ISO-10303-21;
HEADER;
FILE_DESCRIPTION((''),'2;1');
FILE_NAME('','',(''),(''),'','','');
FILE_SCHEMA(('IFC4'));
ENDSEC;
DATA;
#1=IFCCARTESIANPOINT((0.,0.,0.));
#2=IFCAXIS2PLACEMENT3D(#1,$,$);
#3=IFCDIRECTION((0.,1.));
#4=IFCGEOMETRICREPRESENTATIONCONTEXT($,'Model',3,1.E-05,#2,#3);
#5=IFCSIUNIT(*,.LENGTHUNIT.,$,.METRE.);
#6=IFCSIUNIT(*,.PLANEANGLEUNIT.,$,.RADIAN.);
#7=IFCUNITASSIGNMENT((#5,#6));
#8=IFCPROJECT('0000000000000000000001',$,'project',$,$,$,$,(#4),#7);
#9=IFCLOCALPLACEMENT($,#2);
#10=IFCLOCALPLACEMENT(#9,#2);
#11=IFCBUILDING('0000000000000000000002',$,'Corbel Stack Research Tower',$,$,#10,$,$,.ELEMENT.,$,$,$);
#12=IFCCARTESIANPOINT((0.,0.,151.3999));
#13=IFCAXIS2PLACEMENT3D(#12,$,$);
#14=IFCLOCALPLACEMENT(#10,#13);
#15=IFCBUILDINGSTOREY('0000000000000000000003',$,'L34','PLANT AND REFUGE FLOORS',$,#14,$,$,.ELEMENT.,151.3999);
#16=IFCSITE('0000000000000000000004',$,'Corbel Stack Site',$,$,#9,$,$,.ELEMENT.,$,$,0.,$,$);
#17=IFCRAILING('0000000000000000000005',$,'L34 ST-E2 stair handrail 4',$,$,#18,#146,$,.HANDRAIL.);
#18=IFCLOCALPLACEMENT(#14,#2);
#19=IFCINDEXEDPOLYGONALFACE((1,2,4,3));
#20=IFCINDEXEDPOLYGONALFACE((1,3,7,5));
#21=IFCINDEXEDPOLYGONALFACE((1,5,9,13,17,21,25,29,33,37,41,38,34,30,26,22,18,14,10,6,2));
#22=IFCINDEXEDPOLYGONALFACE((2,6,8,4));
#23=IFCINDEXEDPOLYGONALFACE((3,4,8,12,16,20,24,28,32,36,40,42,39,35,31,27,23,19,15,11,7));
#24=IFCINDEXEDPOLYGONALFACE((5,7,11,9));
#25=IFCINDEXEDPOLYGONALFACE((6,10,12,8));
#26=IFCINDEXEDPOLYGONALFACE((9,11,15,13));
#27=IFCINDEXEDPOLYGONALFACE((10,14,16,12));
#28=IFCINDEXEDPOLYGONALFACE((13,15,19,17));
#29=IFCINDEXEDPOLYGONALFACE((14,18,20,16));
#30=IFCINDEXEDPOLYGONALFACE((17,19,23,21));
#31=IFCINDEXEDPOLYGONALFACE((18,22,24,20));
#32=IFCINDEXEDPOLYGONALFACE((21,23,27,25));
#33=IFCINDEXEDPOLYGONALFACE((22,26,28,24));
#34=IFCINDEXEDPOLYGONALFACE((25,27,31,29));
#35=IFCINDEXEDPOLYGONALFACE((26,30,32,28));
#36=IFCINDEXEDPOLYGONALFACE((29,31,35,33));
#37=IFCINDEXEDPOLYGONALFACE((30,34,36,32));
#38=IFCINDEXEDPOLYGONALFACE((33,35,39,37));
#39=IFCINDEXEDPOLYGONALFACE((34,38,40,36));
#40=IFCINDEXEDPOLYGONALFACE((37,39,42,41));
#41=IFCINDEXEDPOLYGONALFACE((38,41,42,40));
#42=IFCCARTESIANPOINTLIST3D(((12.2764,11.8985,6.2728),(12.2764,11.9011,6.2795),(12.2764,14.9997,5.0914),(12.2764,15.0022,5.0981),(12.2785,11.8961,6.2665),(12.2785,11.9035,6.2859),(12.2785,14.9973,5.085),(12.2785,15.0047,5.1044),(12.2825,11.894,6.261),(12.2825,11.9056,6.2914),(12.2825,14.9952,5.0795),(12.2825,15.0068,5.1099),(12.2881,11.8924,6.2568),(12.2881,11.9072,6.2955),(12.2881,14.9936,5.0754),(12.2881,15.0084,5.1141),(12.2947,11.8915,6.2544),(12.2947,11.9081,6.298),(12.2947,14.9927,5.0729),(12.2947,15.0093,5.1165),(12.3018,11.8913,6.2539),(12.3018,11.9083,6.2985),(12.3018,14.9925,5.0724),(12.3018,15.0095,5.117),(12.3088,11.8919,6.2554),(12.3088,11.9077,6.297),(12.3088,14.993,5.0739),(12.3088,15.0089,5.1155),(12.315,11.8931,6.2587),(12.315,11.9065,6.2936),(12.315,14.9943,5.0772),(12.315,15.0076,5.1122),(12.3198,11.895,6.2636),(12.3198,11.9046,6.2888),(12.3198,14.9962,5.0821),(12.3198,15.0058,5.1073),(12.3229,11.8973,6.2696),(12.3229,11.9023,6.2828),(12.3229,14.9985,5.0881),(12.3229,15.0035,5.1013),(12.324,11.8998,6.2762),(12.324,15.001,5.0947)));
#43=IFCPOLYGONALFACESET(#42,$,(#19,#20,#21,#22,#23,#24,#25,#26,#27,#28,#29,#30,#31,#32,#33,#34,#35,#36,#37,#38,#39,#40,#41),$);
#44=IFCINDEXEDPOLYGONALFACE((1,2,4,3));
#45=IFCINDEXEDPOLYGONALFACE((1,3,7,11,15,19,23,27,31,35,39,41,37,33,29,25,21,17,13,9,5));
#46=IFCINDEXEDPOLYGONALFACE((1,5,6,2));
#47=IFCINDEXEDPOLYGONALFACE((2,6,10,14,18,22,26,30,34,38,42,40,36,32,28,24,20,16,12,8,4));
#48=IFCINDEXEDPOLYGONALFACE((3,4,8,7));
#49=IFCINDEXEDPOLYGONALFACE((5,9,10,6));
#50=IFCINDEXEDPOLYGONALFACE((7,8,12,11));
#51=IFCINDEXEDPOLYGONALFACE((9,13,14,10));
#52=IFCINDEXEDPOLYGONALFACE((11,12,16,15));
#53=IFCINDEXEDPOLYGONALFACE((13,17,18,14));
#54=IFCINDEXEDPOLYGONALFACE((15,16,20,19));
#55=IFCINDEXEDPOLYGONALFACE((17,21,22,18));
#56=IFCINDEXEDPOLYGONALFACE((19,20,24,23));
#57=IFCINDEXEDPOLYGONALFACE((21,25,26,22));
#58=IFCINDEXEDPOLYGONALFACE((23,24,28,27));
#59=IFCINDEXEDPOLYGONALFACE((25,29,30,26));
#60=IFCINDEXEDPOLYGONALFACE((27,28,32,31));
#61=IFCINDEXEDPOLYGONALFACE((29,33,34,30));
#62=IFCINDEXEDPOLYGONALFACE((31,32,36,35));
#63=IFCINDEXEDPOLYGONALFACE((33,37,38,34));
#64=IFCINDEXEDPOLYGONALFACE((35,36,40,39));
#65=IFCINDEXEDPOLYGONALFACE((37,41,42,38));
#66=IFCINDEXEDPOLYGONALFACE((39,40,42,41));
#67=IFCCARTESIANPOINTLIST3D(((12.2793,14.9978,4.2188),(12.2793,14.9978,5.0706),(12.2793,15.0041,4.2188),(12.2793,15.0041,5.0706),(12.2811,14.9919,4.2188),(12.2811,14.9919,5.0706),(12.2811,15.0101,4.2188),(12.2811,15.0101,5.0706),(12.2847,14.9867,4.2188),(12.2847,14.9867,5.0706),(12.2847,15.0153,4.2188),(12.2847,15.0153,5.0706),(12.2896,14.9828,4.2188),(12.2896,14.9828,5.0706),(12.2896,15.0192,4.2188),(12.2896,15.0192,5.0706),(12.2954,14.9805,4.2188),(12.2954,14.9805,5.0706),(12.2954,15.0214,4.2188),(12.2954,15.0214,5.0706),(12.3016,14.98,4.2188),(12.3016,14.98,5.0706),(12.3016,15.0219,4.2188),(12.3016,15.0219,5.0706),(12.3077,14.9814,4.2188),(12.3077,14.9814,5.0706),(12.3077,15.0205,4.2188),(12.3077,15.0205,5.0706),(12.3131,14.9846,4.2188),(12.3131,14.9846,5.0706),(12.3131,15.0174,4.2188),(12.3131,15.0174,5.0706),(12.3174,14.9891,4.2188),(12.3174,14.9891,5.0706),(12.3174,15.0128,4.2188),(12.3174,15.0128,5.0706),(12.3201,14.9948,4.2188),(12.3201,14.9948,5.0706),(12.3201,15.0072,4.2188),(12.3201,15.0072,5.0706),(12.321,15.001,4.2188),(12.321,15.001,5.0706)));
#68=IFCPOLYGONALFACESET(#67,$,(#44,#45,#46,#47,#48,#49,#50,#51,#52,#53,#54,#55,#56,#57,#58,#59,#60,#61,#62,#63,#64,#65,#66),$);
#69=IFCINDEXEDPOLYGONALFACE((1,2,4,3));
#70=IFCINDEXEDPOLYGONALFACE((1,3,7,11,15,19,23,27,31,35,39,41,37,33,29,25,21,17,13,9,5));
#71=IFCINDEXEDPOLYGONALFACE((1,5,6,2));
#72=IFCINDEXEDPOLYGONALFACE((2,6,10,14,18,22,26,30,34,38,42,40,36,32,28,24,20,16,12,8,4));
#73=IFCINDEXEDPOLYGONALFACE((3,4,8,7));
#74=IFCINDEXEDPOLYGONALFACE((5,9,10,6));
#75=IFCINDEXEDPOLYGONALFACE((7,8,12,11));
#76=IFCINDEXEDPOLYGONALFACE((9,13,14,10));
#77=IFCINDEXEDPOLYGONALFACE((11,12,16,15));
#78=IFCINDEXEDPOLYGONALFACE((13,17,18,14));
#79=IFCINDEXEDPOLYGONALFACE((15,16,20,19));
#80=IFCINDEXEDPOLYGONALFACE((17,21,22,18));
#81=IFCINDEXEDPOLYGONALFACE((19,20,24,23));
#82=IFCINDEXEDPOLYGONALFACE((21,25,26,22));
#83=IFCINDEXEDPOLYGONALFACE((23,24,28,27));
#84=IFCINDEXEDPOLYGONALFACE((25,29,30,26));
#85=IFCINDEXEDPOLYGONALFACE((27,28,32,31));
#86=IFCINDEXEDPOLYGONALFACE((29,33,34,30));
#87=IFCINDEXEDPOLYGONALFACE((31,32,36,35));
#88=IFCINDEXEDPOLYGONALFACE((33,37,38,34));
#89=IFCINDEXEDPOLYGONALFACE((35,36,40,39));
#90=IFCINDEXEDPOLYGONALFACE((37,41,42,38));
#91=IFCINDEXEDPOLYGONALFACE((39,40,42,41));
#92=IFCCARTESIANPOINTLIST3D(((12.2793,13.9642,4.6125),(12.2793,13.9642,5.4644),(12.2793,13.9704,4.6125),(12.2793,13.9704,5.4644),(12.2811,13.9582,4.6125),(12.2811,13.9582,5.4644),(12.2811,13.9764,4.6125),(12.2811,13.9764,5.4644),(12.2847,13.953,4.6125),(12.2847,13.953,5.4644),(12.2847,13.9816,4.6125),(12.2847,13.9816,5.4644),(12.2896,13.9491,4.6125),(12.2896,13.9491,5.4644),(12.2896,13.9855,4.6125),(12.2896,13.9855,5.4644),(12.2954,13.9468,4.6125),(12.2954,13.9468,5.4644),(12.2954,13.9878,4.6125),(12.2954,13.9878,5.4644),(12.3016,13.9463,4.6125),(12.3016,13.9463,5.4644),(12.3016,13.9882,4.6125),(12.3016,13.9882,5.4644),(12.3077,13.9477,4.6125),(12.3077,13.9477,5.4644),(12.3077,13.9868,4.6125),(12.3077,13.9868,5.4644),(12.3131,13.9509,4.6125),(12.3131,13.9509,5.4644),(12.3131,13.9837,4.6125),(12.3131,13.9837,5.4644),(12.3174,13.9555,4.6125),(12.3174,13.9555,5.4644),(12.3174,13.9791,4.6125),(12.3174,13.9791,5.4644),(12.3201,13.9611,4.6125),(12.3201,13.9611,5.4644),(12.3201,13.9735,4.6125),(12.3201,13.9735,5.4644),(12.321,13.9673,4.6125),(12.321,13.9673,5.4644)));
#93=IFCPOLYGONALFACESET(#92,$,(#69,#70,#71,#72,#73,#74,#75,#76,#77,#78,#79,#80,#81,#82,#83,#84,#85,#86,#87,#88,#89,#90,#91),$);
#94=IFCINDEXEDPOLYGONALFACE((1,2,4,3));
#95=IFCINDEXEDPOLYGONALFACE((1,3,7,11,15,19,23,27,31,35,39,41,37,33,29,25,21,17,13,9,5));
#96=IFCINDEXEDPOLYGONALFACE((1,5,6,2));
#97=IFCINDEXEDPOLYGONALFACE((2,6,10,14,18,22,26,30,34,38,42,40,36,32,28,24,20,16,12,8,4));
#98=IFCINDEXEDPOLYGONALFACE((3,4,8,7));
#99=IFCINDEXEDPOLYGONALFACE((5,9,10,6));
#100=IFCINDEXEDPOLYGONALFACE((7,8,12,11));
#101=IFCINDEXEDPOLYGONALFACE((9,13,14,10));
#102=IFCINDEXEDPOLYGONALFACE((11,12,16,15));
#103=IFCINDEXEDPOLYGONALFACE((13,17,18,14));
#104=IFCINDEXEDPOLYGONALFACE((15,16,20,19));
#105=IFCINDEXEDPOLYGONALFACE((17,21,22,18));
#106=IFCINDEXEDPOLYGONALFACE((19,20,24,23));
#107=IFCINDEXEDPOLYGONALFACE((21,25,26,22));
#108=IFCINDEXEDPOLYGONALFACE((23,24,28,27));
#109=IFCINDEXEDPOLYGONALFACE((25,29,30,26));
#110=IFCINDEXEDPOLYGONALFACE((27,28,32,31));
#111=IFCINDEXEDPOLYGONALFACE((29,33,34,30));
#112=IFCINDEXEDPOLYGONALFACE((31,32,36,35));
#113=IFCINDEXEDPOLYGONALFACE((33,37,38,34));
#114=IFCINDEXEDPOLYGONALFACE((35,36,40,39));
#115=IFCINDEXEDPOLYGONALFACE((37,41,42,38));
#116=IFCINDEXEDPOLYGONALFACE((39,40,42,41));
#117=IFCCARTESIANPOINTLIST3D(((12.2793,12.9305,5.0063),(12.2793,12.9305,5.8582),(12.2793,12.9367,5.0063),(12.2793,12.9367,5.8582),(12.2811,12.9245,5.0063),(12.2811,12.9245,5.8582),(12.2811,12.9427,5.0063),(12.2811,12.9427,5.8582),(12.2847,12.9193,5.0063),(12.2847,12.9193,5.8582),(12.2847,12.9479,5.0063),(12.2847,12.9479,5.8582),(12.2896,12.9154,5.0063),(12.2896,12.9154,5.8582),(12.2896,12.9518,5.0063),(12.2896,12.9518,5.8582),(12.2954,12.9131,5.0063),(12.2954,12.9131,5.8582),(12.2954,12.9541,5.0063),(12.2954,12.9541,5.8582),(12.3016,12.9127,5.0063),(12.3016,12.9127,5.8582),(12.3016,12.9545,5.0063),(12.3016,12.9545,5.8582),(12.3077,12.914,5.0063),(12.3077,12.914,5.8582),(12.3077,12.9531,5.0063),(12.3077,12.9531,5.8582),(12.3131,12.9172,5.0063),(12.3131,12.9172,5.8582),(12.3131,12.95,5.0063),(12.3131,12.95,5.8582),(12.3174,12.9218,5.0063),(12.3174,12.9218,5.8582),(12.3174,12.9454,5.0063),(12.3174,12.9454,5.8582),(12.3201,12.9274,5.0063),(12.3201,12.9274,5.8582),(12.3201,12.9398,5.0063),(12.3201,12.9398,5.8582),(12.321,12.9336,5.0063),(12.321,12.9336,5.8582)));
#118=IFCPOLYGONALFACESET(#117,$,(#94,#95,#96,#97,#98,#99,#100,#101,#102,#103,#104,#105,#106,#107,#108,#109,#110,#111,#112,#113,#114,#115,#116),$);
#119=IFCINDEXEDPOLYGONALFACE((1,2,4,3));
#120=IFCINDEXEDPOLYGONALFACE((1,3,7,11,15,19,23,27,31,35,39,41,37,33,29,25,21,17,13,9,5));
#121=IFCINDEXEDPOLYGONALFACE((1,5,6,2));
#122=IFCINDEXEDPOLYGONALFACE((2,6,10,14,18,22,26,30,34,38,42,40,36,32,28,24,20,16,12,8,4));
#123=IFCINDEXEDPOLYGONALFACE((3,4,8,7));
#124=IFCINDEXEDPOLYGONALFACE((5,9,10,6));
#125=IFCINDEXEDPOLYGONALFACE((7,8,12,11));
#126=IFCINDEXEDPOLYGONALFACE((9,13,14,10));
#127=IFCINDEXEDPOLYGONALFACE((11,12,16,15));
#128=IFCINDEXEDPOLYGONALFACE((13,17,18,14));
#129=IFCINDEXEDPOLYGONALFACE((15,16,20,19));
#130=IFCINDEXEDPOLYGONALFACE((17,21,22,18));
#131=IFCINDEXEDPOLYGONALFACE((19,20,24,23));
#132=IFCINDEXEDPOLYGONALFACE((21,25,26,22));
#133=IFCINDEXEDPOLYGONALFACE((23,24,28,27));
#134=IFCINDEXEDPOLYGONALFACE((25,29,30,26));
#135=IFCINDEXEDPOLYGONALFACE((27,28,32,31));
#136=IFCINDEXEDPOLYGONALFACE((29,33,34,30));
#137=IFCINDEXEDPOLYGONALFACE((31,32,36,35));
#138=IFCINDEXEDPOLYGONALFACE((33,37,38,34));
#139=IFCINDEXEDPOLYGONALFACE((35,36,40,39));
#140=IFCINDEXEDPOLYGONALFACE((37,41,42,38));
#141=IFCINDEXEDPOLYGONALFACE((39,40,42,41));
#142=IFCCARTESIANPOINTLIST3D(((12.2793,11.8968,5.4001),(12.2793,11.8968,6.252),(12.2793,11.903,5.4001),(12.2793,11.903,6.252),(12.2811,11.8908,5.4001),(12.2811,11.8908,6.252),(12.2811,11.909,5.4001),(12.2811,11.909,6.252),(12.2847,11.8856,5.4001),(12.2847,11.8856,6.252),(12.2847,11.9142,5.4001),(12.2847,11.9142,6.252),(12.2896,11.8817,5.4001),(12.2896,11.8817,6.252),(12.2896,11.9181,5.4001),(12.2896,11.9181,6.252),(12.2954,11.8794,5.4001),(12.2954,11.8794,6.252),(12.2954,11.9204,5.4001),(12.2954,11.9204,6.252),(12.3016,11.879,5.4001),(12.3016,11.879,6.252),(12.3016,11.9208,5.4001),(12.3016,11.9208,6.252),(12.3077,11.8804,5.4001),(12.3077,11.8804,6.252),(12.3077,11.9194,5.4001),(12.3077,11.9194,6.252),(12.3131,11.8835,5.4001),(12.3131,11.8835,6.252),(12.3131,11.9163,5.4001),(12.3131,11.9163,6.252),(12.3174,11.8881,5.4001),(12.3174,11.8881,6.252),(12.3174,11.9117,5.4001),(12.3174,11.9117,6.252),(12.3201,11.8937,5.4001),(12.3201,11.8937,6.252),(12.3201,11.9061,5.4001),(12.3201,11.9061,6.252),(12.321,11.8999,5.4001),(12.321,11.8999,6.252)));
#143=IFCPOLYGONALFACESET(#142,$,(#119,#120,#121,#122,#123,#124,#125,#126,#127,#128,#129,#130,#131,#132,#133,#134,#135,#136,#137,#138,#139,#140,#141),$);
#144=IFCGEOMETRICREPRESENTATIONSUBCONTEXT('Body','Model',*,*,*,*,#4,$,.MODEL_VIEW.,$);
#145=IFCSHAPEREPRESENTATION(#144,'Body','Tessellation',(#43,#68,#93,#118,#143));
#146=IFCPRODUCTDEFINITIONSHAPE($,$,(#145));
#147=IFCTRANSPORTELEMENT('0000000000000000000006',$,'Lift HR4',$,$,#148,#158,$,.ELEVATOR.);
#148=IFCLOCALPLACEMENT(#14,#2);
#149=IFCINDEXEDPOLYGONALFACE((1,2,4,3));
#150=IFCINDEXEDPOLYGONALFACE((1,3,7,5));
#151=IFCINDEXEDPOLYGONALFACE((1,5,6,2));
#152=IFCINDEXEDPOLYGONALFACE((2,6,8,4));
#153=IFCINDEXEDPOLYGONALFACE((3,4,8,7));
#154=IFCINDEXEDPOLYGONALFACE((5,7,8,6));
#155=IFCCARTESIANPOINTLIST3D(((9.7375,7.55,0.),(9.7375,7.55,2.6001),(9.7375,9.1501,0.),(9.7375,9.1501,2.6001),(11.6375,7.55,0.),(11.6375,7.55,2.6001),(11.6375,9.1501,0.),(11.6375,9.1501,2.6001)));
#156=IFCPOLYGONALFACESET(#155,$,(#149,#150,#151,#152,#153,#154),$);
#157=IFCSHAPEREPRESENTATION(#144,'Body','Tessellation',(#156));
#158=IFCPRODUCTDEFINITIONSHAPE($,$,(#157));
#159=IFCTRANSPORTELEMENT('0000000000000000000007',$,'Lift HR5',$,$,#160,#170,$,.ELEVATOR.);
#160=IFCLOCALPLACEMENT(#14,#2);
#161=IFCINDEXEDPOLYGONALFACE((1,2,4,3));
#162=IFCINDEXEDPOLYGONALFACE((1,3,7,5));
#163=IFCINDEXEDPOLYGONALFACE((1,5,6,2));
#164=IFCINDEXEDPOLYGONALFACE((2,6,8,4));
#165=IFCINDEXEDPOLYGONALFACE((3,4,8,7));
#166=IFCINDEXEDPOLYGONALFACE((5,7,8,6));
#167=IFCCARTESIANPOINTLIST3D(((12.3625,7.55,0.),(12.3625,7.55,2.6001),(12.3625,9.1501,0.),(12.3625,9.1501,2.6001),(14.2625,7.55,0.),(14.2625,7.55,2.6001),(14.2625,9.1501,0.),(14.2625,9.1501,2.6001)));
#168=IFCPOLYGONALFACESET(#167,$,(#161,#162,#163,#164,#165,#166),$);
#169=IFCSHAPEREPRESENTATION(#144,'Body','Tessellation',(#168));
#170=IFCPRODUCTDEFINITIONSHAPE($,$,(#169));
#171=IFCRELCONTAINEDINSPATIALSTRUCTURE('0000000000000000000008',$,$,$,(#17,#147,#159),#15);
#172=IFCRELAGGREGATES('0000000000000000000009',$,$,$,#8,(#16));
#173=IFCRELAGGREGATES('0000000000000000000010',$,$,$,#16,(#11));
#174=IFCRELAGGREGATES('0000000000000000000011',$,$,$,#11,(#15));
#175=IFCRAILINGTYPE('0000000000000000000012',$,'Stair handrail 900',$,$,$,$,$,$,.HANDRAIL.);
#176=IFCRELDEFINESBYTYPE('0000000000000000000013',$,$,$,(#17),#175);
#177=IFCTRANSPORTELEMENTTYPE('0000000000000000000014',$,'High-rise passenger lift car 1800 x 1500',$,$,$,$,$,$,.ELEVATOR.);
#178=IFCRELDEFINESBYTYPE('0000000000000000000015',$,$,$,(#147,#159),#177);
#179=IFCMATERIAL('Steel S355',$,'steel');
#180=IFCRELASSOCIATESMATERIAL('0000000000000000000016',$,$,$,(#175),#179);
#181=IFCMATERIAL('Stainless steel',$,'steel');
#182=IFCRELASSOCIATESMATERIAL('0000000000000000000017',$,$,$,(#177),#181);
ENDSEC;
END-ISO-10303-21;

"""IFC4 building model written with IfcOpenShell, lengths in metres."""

from ifc_helpers import new_model, si_unit, direction, frame, origin, origin_2d, place, context, subcontext, project, spatial, rectangle, circle, extrude, material, type_object, element, save


model = new_model("IFC4")

# Units and contexts
model_context = context("Model", 3, precision=1e-05, world=origin(), true_north=direction((0.0, 1.0)))
body_context = subcontext(model_context, "Body", "Model", "MODEL_VIEW")
ifc_project = project(units=[si_unit("LENGTHUNIT", "METRE"), si_unit("PLANEANGLEUNIT", "RADIAN")], contexts=[model_context])

# Site, building, storey
site_placement = place(None, origin())
site = spatial("IfcSite", under=ifc_project, at=site_placement, Name="Corbel Stack Site", CompositionType="ELEMENT", RefElevation=0.0)
building_placement = place(site_placement, origin())
building = spatial("IfcBuilding", under=site, at=building_placement, Name="Corbel Stack Research Tower", CompositionType="ELEMENT")
storey_placement = place(building_placement, frame((0.0, 0.0, 151.3999)))
storey = spatial("IfcBuildingStorey", under=building, at=storey_placement, Name="L34", Description="PLANT AND REFUGE FLOORS", CompositionType="ELEMENT", Elevation=151.3999)

# Railing
ifc_material_1 = material(Name="Steel S355", Category="steel")
railing_type = type_object("IfcRailingType", Name="Stair handrail 900", PredefinedType="HANDRAIL", material=ifc_material_1)
for number, where, name in (
    (1, (12.3, 15.001, 4.2188), "L34 ST-E2 stair handrail 4"),
):
    element("IfcRailing", number, at=place(storey_placement, frame(where)), inside=storey, type_object=railing_type, Name=name, PredefinedType="HANDRAIL", context=body_context, shape_type="SweptSolid", body=[
        extrude(circle(Radius=0.0239, at=origin_2d()), frame((0.0, 0.0, 0.876), z_axis=(0.0, -0.934484, 0.356005), x_axis=(1.0, 0.0, 0.0)), (0.0, 0.0, 1.0), 3.3186),
        extrude(circle(Radius=0.021, at=origin_2d()), origin(), (0.0, 0.0, 1.0), 0.8518),
        extrude(circle(Radius=0.021, at=origin_2d()), frame((0.0, -1.0337, 0.3938)), (0.0, 0.0, 1.0), 0.8518),
        extrude(circle(Radius=0.021, at=origin_2d()), frame((0.0, -2.0674, 0.7876)), (0.0, 0.0, 1.0), 0.8518),
        extrude(circle(Radius=0.021, at=origin_2d()), frame((0.0, -3.1011, 1.1814)), (0.0, 0.0, 1.0), 0.8518),
    ])

# Transport elements
ifc_material_2 = material(Name="Stainless steel", Category="steel")
transport_element_type = type_object("IfcTransportElementType", Name="High-rise passenger lift car 1800 x 1500", PredefinedType="ELEVATOR", material=ifc_material_2)
for number, where, z_axis, x_axis, name in (
    (2, (10.6875, 8.3501, 0.0), (0.0, 0.0, 1.0), (1.0, 0.0, 0.0), "Lift HR4"),
    (3, (13.3125, 8.3501, 0.0), (0.0, 0.0, 1.0), (1.0, 0.0, 0.0), "Lift HR5"),
):
    element("IfcTransportElement", number, at=place(storey_placement, frame(where, z_axis=z_axis, x_axis=x_axis)), inside=storey, type_object=transport_element_type, Name=name, PredefinedType="ELEVATOR", context=body_context, shape_type="SweptSolid", body=[
        extrude(rectangle(XDim=1.8999, YDim=1.6001, at=origin_2d()), origin(), (0.0, 0.0, 1.0), 2.6001),
    ])

save(model, "model.ifc")
